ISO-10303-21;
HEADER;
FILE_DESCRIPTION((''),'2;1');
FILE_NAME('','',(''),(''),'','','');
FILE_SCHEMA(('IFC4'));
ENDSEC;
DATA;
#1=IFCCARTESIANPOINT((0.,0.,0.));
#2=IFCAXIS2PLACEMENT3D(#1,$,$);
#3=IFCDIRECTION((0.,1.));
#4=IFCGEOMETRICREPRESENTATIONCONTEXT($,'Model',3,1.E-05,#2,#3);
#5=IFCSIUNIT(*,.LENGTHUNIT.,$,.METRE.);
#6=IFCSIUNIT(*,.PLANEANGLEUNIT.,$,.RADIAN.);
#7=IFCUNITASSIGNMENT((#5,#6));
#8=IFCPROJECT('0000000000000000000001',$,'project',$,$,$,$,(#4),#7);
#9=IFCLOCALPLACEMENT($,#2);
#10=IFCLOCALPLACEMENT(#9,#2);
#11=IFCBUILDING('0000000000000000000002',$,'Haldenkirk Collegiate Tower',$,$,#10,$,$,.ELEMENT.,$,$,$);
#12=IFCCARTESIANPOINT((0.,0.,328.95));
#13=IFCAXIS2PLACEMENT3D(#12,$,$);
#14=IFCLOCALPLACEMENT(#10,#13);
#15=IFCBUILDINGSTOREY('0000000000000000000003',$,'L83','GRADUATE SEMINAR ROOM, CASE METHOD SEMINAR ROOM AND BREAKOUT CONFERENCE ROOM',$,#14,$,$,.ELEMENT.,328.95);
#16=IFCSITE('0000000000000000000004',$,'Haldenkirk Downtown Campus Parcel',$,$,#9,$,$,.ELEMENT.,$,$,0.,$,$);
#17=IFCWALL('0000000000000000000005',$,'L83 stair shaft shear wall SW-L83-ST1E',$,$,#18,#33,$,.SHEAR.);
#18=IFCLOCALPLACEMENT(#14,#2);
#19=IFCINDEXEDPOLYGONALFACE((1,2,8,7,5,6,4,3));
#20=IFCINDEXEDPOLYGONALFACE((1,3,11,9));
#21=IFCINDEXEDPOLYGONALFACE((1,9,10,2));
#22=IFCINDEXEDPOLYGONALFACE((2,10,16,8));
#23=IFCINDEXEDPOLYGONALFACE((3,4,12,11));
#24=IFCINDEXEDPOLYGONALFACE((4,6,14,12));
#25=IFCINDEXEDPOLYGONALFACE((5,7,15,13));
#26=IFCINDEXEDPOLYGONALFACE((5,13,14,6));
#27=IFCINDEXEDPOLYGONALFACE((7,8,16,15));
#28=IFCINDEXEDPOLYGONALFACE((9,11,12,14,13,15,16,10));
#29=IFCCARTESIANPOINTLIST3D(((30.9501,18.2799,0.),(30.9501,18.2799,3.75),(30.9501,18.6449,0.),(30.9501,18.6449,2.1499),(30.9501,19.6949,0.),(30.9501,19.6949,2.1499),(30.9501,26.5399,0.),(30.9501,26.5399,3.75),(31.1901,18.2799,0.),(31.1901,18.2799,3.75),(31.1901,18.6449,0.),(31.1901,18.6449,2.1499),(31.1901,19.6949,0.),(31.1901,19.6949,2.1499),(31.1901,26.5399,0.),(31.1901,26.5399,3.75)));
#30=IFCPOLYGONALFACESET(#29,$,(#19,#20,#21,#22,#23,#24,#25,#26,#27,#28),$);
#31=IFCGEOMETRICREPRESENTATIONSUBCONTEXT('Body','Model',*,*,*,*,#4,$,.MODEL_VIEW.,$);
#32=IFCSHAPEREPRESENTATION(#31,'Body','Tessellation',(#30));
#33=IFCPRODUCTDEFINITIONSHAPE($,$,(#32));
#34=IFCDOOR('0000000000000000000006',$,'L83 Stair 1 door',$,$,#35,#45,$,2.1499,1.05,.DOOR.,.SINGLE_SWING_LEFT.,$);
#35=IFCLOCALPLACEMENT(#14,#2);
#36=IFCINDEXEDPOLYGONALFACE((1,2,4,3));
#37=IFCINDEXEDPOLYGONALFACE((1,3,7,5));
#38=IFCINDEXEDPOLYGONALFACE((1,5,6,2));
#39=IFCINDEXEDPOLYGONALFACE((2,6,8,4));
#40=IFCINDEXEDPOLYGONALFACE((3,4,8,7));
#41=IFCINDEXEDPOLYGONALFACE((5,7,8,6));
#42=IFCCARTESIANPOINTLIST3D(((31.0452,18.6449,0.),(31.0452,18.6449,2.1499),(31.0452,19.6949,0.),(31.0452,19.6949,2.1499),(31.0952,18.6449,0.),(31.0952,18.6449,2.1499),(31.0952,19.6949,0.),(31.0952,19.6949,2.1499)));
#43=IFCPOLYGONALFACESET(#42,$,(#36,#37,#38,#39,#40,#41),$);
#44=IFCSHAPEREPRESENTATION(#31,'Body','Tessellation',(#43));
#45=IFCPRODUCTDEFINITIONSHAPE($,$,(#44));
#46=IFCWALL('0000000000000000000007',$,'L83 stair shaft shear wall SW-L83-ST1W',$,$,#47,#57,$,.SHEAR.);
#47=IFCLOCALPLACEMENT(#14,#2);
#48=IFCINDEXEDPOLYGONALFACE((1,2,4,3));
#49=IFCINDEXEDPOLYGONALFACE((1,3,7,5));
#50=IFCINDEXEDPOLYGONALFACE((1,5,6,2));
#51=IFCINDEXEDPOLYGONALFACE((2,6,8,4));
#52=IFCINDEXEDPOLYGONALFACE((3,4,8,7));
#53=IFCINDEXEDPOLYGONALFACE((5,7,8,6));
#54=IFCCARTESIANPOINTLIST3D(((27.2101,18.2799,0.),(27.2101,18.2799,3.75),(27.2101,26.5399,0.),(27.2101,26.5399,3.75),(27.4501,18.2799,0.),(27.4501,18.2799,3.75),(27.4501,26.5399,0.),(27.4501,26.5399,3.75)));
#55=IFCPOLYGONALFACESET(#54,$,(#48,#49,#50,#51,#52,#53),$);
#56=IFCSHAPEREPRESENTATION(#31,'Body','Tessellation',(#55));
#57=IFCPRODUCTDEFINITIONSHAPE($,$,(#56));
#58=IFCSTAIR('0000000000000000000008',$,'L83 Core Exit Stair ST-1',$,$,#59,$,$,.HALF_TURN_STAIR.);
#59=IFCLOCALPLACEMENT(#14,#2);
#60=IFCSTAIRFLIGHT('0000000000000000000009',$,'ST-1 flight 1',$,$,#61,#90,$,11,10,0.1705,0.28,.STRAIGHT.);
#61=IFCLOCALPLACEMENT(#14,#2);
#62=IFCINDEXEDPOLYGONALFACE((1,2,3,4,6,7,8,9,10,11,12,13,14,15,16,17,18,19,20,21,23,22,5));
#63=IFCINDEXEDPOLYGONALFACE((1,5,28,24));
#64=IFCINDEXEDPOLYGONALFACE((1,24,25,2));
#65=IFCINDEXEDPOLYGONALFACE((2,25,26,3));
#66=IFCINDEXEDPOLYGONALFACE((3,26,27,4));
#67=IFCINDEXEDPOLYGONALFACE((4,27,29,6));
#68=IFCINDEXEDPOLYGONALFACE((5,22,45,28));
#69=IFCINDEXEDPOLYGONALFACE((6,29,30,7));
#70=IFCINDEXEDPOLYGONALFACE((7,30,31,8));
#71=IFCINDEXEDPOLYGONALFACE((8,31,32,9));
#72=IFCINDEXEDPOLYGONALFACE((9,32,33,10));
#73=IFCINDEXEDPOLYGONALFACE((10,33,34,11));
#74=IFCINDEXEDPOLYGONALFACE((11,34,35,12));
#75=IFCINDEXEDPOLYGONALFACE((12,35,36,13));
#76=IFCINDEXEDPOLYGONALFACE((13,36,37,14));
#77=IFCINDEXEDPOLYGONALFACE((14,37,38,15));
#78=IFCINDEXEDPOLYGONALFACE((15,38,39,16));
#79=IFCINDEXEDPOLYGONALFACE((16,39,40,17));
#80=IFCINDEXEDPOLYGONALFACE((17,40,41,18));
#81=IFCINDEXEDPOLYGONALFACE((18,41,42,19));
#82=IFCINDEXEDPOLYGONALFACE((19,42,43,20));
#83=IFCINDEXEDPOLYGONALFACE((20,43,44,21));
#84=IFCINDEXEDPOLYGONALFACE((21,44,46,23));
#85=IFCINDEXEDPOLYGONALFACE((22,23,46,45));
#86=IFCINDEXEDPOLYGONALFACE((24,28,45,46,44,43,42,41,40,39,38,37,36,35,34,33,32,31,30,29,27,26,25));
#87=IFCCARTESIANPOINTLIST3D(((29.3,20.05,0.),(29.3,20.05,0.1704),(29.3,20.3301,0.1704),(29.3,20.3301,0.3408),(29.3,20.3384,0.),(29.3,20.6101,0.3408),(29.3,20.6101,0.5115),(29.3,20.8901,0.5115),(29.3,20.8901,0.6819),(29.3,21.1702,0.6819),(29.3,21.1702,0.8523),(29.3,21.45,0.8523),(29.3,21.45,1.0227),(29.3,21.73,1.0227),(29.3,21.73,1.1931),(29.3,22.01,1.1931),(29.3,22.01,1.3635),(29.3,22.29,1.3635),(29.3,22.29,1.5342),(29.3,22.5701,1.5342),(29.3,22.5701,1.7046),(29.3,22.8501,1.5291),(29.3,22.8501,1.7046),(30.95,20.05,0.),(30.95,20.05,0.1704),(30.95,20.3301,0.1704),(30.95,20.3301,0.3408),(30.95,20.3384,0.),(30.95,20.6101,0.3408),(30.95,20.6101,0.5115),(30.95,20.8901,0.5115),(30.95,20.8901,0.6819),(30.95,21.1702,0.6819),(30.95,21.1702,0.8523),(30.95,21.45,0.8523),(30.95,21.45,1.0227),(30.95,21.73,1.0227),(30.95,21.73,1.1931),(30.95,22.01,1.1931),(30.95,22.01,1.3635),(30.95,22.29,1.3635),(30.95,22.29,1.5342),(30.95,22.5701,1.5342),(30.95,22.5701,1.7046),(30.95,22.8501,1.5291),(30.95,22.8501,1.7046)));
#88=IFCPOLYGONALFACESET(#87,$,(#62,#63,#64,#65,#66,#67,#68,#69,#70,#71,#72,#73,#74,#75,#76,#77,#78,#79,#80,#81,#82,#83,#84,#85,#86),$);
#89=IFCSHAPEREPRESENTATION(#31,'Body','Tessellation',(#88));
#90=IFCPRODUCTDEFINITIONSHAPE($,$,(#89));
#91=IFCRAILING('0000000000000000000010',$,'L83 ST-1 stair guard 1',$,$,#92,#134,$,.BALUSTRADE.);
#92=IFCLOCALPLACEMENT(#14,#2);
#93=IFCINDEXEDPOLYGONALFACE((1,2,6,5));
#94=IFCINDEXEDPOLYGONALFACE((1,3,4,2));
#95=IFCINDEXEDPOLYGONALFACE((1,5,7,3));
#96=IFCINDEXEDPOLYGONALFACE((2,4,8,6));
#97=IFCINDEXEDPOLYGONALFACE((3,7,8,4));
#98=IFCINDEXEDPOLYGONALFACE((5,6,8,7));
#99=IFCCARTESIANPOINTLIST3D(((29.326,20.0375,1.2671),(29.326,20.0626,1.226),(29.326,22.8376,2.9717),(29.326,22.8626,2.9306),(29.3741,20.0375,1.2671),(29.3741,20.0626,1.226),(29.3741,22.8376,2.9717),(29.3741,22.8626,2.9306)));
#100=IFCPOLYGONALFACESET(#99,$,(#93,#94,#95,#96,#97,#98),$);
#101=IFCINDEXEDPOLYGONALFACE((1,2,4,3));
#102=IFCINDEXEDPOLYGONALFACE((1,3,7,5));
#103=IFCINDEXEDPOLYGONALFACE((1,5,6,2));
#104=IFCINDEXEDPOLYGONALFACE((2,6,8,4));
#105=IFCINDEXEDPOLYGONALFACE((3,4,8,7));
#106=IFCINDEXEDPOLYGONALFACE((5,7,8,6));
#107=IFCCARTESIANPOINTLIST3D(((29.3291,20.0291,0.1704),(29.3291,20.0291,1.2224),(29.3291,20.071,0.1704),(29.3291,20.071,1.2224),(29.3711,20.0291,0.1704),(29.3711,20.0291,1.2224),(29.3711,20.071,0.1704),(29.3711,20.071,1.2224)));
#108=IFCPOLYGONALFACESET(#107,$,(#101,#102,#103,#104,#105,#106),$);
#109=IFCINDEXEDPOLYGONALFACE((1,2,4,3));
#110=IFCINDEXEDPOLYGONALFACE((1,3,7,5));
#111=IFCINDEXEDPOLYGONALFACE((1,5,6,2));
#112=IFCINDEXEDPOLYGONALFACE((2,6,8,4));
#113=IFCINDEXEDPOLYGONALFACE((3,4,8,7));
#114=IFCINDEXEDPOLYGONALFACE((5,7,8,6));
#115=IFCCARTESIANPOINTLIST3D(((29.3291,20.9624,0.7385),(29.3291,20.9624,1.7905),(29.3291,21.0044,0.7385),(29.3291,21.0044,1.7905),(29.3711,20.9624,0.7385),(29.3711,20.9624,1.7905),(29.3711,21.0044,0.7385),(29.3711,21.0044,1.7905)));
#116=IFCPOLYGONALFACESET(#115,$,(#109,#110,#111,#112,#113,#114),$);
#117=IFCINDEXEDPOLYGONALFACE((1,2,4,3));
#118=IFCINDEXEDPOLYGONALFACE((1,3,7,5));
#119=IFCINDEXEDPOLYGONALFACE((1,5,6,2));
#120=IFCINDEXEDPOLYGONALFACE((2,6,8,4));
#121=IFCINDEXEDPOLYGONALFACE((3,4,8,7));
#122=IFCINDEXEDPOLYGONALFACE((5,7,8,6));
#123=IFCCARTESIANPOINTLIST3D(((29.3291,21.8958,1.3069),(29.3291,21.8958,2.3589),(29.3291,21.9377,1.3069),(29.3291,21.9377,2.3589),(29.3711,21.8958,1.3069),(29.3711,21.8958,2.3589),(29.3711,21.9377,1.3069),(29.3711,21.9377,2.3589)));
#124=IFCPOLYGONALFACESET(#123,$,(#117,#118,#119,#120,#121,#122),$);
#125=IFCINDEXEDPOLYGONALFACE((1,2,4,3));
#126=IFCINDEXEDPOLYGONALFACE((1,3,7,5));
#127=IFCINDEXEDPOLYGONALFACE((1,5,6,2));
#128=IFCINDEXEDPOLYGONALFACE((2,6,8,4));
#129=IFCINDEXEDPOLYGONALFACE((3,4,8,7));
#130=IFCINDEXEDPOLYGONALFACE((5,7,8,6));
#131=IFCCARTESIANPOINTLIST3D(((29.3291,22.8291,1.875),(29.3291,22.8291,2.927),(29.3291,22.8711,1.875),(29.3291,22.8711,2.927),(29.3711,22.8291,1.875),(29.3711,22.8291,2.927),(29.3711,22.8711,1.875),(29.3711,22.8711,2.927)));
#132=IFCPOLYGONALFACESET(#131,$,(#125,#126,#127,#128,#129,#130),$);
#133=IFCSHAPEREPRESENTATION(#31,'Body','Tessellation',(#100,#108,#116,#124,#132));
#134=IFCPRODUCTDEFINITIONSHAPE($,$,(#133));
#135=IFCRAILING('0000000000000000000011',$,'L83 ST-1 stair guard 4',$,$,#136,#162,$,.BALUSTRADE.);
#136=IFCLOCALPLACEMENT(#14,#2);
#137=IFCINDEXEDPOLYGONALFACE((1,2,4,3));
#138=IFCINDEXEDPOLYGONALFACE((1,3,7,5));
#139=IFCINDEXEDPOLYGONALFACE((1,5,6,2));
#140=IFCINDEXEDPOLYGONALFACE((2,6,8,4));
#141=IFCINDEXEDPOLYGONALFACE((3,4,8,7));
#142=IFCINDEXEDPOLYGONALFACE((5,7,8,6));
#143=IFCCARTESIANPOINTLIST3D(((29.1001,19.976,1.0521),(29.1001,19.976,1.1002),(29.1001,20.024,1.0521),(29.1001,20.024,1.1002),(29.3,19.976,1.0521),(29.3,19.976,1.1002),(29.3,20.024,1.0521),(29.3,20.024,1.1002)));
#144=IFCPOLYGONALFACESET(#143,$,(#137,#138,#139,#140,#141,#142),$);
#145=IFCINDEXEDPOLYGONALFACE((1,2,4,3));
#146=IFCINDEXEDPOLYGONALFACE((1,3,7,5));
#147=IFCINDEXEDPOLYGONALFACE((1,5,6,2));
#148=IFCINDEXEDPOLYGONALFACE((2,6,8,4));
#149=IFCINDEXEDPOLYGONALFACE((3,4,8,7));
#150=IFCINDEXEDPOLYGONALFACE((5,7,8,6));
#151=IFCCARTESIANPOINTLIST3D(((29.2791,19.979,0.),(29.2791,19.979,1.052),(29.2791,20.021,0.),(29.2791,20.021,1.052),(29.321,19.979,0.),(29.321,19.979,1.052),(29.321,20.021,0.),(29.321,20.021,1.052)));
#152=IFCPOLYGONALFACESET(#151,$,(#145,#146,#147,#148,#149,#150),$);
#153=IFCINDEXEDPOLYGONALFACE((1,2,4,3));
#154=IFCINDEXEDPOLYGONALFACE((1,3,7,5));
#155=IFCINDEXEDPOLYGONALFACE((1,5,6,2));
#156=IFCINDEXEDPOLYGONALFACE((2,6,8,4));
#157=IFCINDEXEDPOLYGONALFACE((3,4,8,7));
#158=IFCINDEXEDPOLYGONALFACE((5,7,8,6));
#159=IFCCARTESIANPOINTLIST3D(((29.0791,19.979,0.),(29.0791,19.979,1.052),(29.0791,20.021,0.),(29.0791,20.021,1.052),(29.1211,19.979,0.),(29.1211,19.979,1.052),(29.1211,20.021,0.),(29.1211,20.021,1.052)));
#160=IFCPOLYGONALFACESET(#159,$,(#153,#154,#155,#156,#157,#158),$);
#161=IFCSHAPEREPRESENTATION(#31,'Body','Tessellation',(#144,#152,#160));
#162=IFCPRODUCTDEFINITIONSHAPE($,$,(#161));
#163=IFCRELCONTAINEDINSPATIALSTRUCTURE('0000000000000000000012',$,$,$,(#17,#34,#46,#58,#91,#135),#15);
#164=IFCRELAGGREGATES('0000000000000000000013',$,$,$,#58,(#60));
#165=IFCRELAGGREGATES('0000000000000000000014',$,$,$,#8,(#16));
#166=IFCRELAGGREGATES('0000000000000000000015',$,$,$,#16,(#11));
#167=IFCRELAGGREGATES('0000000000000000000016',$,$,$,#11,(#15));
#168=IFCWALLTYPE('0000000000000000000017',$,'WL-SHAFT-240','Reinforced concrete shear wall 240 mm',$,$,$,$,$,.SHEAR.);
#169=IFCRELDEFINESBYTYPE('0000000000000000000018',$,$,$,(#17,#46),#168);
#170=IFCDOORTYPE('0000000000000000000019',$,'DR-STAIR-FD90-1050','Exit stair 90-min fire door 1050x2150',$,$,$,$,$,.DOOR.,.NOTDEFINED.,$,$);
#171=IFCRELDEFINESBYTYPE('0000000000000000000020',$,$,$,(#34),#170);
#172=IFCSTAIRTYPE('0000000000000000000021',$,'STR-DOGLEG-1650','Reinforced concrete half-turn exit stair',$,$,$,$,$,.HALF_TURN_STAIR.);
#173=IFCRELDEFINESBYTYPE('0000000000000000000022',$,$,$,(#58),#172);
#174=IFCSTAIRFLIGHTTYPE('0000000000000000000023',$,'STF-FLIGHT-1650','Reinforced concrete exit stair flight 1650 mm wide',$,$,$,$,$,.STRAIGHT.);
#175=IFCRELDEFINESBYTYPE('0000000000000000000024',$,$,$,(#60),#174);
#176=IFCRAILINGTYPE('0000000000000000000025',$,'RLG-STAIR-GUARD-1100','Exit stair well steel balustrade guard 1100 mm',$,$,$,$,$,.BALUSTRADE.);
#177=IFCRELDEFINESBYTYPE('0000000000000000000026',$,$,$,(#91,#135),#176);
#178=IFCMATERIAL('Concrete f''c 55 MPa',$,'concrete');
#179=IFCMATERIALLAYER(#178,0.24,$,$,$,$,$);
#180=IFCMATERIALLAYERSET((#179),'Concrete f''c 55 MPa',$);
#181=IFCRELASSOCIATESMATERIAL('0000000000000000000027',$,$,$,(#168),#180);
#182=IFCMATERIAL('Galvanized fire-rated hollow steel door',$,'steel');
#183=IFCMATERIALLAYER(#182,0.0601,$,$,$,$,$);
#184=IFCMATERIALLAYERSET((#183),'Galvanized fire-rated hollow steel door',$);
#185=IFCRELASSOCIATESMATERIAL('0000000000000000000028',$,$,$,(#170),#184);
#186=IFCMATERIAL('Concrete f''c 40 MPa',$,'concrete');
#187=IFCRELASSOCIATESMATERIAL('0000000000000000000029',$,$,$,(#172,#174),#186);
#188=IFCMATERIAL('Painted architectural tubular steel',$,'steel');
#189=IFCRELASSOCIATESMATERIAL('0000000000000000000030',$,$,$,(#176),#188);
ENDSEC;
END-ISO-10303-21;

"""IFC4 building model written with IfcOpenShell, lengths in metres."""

from ifc_helpers import new_model, si_unit, direction, frame, frame_2d, origin, origin_2d, place, context, subcontext, project, spatial, polyline, rectangle, outline, extrude, material, layer, layer_set, type_object, element, fill, aggregate, save


model = new_model("IFC4")

# Units and contexts
model_context = context("Model", 3, precision=1e-05, world=origin(), true_north=direction((0.0, 1.0)))
body_context = subcontext(model_context, "Body", "Model", "MODEL_VIEW")
ifc_project = project(units=[si_unit("LENGTHUNIT", "METRE"), si_unit("PLANEANGLEUNIT", "RADIAN")], contexts=[model_context])

# Site, building, storey
site_placement = place(None, origin())
site = spatial("IfcSite", under=ifc_project, at=site_placement, Name="Haldenkirk Downtown Campus Parcel", CompositionType="ELEMENT", RefElevation=0.0)
building_placement = place(site_placement, origin())
building = spatial("IfcBuilding", under=site, at=building_placement, Name="Haldenkirk Collegiate Tower", CompositionType="ELEMENT")
storey_placement = place(building_placement, frame((0.0, 0.0, 328.95)))
storey = spatial("IfcBuildingStorey", under=building, at=storey_placement, Name="L83", Description="GRADUATE SEMINAR ROOM, CASE METHOD SEMINAR ROOM AND BREAKOUT CONFERENCE ROOM", CompositionType="ELEMENT", Elevation=328.95)

# Shared definitions
ifc_material_1 = material(Name="Concrete f'c 55 MPa", Category="concrete")
ifc_material_2 = material(Name="Galvanized fire-rated hollow steel door", Category="steel")

# Wall, opening, door
ifc_layer_1 = layer(ifc_material_1, 0.24)
ifc_layer_set_1 = layer_set([ifc_layer_1], Name="Concrete f'c 55 MPa")
wall_type_1 = type_object("IfcWallType", Name="WL-SHAFT-240", Description="Reinforced concrete shear wall 240 mm", PredefinedType="SHEAR", material=ifc_layer_set_1)
wall_1_placement = place(storey_placement, frame((31.0701, 18.28, 0.0), z_axis=(0.0, 0.0, 1.0), x_axis=(0.0, 1.0, 0.0)))
wall_1 = element("IfcWall", 1, at=wall_1_placement, inside=storey, type_object=wall_type_1, Name="L83 stair shaft shear wall SW-L83-ST1E", PredefinedType="SHEAR", context=body_context, shape_type="SweptSolid", body=[
    extrude(rectangle(XDim=8.26, YDim=0.24, at=frame_2d((4.1299, 0.0))), origin(), (0.0, 0.0, 1.0), 3.75),
])
opening_1_placement = place(wall_1_placement, frame((0.365, 0.0, 0.0)))
opening_1 = element("IfcOpeningElement", 2, at=opening_1_placement, cuts=wall_1, PredefinedType="OPENING", context=body_context, shape_type="SweptSolid", body=[
    extrude(rectangle(XDim=1.05, YDim=2.1499, at=frame_2d((0.5249, 1.075))), frame((0.0, 0.1299, 0.0), z_axis=(0.0, -1.0, 0.0), x_axis=(1.0, 0.0, 0.0)), (0.0, 0.0, 1.0), 0.26),
])
ifc_layer_2 = layer(ifc_material_2, 0.0601)
ifc_layer_set_2 = layer_set([ifc_layer_2], Name="Galvanized fire-rated hollow steel door")
door_type_1 = type_object("IfcDoorType", Name="DR-STAIR-FD90-1050", Description="Exit stair 90-min fire door 1050x2150", OperationType="NOTDEFINED", PredefinedType="DOOR", material=ifc_layer_set_2)
door_1_placement = place(opening_1_placement, origin())
door_1 = element("IfcDoor", 3, at=door_1_placement, inside=storey, type_object=door_type_1, Name="L83 Stair 1 door", OperationType="SINGLE_SWING_LEFT", OverallHeight=2.1499, OverallWidth=1.05, PredefinedType="DOOR", context=body_context, shape_type="SweptSolid", body=[
    extrude(rectangle(XDim=1.05, YDim=2.1499, at=frame_2d((0.5249, 1.075))), frame((0.0, 0.0249, 0.0), z_axis=(0.0, -1.0, 0.0), x_axis=(1.0, 0.0, 0.0)), (0.0, 0.0, 1.0), 0.05),
])
fill(opening_1, door_1)

# Wall
wall_2_placement = place(storey_placement, frame((27.3301, 18.28, 0.0), z_axis=(0.0, 0.0, 1.0), x_axis=(0.0, 1.0, 0.0)))
element("IfcWall", 4, at=wall_2_placement, inside=storey, type_object=wall_type_1, Name="L83 stair shaft shear wall SW-L83-ST1W", PredefinedType="SHEAR", context=body_context, shape_type="SweptSolid", body=[
    extrude(rectangle(XDim=8.26, YDim=0.24, at=frame_2d((4.1299, 0.0))), origin(), (0.0, 0.0, 1.0), 3.75),
])

# Stair, stair flight
ifc_material_3 = material(Name="Concrete f'c 40 MPa", Category="concrete")
stair_type = type_object("IfcStairType", Name="STR-DOGLEG-1650", Description="Reinforced concrete half-turn exit stair", PredefinedType="HALF_TURN_STAIR", material=ifc_material_3)
stair_placement = place(storey_placement, origin())
stair = element("IfcStair", 5, at=stair_placement, inside=storey, type_object=stair_type, Name="L83 Core Exit Stair ST-1", PredefinedType="HALF_TURN_STAIR")
stair_flight_type = type_object("IfcStairFlightType", Name="STF-FLIGHT-1650", Description="Reinforced concrete exit stair flight 1650 mm wide", PredefinedType="STRAIGHT", material=ifc_material_3)
stair_flight_placement = place(storey_placement, frame((30.125, 20.05, 0.0), z_axis=(0.0, 0.0, 1.0), x_axis=(0.0, 1.0, 0.0)))
stair_flight = element("IfcStairFlight", 6, at=stair_flight_placement, type_object=stair_flight_type, Name="ST-1 flight 1", NumberOfRisers=11, NumberOfTreads=10, PredefinedType="STRAIGHT", RiserHeight=0.1705, TreadLength=0.28, context=body_context, shape_type="SweptSolid", body=[
    extrude(outline(polyline([(0.0, 0.0), (0.0, 0.1704), (0.28, 0.1704), (0.28, 0.3408), (0.5601, 0.3408), (0.5601, 0.5115), (0.8401, 0.5115), (0.8401, 0.6819), (1.1201, 0.6819), (1.1201, 0.8523), (1.3999, 0.8523), (1.3999, 1.0227), (1.6799, 1.0227), (1.6799, 1.1931), (1.96, 1.1931), (1.96, 1.3635), (2.24, 1.3635), (2.24, 1.5342), (2.52, 1.5342), (2.52, 1.7046), (2.8, 1.7046), (2.8, 1.875), (2.8, 1.5291), (0.2883, 0.0), (0.0, 0.0)])), frame((0.0, 0.825, 0.0), z_axis=(0.0, -1.0, 0.0), x_axis=(1.0, 0.0, 0.0)), (0.0, 0.0, 1.0), 1.6499),
])
aggregate(stair, [stair_flight])

# Railings
ifc_material_4 = material(Name="Painted architectural tubular steel", Category="steel")
railing_type_1 = type_object("IfcRailingType", Name="RLG-STAIR-GUARD-1100", Description="Exit stair well steel balustrade guard 1100 mm", PredefinedType="BALUSTRADE", material=ifc_material_4)
railing_1_placement = place(storey_placement, frame((29.3501, 20.05, 0.1704)))
element("IfcRailing", 7, at=railing_1_placement, inside=storey, type_object=railing_type_1, Name="L83 ST-1 stair guard 1", PredefinedType="BALUSTRADE", context=body_context, shape_type="SweptSolid", body=[
    extrude(rectangle(XDim=0.0481, YDim=0.0481, at=origin_2d()), frame((0.0, 0.0, 1.0762), z_axis=(0.0, 0.85417, 0.519994), x_axis=(-1.0, 0.0, 0.0)), (0.0, 0.0, 1.0), 3.2781),
    extrude(rectangle(XDim=0.042, YDim=0.042, at=origin_2d()), origin(), (0.0, 0.0, 1.0), 1.052),
    extrude(rectangle(XDim=0.042, YDim=0.042, at=origin_2d()), frame((0.0, 0.9333, 0.5681)), (0.0, 0.0, 1.0), 1.052),
    extrude(rectangle(XDim=0.042, YDim=0.042, at=origin_2d()), frame((0.0, 1.8667, 1.1365)), (0.0, 0.0, 1.0), 1.052),
    extrude(rectangle(XDim=0.042, YDim=0.042, at=origin_2d()), frame((0.0, 2.8, 1.7046)), (0.0, 0.0, 1.0), 1.052),
])
railing_2_placement = place(storey_placement, frame((29.3, 20.0, 0.0)))
element("IfcRailing", 8, at=railing_2_placement, inside=storey, type_object=railing_type_1, Name="L83 ST-1 stair guard 4", PredefinedType="BALUSTRADE", context=body_context, shape_type="SweptSolid", body=[
    extrude(rectangle(XDim=0.0481, YDim=0.0481, at=origin_2d()), frame((0.0, 0.0, 1.0762), z_axis=(-1.0, 0.0, 0.0), x_axis=(0.0, -1.0, 0.0)), (0.0, 0.0, 1.0), 0.2),
    extrude(rectangle(XDim=0.042, YDim=0.042, at=origin_2d()), origin(), (0.0, 0.0, 1.0), 1.052),
    extrude(rectangle(XDim=0.042, YDim=0.042, at=origin_2d()), frame((-0.2, 0.0, 0.0)), (0.0, 0.0, 1.0), 1.052),
])

save(model, "model.ifc")
